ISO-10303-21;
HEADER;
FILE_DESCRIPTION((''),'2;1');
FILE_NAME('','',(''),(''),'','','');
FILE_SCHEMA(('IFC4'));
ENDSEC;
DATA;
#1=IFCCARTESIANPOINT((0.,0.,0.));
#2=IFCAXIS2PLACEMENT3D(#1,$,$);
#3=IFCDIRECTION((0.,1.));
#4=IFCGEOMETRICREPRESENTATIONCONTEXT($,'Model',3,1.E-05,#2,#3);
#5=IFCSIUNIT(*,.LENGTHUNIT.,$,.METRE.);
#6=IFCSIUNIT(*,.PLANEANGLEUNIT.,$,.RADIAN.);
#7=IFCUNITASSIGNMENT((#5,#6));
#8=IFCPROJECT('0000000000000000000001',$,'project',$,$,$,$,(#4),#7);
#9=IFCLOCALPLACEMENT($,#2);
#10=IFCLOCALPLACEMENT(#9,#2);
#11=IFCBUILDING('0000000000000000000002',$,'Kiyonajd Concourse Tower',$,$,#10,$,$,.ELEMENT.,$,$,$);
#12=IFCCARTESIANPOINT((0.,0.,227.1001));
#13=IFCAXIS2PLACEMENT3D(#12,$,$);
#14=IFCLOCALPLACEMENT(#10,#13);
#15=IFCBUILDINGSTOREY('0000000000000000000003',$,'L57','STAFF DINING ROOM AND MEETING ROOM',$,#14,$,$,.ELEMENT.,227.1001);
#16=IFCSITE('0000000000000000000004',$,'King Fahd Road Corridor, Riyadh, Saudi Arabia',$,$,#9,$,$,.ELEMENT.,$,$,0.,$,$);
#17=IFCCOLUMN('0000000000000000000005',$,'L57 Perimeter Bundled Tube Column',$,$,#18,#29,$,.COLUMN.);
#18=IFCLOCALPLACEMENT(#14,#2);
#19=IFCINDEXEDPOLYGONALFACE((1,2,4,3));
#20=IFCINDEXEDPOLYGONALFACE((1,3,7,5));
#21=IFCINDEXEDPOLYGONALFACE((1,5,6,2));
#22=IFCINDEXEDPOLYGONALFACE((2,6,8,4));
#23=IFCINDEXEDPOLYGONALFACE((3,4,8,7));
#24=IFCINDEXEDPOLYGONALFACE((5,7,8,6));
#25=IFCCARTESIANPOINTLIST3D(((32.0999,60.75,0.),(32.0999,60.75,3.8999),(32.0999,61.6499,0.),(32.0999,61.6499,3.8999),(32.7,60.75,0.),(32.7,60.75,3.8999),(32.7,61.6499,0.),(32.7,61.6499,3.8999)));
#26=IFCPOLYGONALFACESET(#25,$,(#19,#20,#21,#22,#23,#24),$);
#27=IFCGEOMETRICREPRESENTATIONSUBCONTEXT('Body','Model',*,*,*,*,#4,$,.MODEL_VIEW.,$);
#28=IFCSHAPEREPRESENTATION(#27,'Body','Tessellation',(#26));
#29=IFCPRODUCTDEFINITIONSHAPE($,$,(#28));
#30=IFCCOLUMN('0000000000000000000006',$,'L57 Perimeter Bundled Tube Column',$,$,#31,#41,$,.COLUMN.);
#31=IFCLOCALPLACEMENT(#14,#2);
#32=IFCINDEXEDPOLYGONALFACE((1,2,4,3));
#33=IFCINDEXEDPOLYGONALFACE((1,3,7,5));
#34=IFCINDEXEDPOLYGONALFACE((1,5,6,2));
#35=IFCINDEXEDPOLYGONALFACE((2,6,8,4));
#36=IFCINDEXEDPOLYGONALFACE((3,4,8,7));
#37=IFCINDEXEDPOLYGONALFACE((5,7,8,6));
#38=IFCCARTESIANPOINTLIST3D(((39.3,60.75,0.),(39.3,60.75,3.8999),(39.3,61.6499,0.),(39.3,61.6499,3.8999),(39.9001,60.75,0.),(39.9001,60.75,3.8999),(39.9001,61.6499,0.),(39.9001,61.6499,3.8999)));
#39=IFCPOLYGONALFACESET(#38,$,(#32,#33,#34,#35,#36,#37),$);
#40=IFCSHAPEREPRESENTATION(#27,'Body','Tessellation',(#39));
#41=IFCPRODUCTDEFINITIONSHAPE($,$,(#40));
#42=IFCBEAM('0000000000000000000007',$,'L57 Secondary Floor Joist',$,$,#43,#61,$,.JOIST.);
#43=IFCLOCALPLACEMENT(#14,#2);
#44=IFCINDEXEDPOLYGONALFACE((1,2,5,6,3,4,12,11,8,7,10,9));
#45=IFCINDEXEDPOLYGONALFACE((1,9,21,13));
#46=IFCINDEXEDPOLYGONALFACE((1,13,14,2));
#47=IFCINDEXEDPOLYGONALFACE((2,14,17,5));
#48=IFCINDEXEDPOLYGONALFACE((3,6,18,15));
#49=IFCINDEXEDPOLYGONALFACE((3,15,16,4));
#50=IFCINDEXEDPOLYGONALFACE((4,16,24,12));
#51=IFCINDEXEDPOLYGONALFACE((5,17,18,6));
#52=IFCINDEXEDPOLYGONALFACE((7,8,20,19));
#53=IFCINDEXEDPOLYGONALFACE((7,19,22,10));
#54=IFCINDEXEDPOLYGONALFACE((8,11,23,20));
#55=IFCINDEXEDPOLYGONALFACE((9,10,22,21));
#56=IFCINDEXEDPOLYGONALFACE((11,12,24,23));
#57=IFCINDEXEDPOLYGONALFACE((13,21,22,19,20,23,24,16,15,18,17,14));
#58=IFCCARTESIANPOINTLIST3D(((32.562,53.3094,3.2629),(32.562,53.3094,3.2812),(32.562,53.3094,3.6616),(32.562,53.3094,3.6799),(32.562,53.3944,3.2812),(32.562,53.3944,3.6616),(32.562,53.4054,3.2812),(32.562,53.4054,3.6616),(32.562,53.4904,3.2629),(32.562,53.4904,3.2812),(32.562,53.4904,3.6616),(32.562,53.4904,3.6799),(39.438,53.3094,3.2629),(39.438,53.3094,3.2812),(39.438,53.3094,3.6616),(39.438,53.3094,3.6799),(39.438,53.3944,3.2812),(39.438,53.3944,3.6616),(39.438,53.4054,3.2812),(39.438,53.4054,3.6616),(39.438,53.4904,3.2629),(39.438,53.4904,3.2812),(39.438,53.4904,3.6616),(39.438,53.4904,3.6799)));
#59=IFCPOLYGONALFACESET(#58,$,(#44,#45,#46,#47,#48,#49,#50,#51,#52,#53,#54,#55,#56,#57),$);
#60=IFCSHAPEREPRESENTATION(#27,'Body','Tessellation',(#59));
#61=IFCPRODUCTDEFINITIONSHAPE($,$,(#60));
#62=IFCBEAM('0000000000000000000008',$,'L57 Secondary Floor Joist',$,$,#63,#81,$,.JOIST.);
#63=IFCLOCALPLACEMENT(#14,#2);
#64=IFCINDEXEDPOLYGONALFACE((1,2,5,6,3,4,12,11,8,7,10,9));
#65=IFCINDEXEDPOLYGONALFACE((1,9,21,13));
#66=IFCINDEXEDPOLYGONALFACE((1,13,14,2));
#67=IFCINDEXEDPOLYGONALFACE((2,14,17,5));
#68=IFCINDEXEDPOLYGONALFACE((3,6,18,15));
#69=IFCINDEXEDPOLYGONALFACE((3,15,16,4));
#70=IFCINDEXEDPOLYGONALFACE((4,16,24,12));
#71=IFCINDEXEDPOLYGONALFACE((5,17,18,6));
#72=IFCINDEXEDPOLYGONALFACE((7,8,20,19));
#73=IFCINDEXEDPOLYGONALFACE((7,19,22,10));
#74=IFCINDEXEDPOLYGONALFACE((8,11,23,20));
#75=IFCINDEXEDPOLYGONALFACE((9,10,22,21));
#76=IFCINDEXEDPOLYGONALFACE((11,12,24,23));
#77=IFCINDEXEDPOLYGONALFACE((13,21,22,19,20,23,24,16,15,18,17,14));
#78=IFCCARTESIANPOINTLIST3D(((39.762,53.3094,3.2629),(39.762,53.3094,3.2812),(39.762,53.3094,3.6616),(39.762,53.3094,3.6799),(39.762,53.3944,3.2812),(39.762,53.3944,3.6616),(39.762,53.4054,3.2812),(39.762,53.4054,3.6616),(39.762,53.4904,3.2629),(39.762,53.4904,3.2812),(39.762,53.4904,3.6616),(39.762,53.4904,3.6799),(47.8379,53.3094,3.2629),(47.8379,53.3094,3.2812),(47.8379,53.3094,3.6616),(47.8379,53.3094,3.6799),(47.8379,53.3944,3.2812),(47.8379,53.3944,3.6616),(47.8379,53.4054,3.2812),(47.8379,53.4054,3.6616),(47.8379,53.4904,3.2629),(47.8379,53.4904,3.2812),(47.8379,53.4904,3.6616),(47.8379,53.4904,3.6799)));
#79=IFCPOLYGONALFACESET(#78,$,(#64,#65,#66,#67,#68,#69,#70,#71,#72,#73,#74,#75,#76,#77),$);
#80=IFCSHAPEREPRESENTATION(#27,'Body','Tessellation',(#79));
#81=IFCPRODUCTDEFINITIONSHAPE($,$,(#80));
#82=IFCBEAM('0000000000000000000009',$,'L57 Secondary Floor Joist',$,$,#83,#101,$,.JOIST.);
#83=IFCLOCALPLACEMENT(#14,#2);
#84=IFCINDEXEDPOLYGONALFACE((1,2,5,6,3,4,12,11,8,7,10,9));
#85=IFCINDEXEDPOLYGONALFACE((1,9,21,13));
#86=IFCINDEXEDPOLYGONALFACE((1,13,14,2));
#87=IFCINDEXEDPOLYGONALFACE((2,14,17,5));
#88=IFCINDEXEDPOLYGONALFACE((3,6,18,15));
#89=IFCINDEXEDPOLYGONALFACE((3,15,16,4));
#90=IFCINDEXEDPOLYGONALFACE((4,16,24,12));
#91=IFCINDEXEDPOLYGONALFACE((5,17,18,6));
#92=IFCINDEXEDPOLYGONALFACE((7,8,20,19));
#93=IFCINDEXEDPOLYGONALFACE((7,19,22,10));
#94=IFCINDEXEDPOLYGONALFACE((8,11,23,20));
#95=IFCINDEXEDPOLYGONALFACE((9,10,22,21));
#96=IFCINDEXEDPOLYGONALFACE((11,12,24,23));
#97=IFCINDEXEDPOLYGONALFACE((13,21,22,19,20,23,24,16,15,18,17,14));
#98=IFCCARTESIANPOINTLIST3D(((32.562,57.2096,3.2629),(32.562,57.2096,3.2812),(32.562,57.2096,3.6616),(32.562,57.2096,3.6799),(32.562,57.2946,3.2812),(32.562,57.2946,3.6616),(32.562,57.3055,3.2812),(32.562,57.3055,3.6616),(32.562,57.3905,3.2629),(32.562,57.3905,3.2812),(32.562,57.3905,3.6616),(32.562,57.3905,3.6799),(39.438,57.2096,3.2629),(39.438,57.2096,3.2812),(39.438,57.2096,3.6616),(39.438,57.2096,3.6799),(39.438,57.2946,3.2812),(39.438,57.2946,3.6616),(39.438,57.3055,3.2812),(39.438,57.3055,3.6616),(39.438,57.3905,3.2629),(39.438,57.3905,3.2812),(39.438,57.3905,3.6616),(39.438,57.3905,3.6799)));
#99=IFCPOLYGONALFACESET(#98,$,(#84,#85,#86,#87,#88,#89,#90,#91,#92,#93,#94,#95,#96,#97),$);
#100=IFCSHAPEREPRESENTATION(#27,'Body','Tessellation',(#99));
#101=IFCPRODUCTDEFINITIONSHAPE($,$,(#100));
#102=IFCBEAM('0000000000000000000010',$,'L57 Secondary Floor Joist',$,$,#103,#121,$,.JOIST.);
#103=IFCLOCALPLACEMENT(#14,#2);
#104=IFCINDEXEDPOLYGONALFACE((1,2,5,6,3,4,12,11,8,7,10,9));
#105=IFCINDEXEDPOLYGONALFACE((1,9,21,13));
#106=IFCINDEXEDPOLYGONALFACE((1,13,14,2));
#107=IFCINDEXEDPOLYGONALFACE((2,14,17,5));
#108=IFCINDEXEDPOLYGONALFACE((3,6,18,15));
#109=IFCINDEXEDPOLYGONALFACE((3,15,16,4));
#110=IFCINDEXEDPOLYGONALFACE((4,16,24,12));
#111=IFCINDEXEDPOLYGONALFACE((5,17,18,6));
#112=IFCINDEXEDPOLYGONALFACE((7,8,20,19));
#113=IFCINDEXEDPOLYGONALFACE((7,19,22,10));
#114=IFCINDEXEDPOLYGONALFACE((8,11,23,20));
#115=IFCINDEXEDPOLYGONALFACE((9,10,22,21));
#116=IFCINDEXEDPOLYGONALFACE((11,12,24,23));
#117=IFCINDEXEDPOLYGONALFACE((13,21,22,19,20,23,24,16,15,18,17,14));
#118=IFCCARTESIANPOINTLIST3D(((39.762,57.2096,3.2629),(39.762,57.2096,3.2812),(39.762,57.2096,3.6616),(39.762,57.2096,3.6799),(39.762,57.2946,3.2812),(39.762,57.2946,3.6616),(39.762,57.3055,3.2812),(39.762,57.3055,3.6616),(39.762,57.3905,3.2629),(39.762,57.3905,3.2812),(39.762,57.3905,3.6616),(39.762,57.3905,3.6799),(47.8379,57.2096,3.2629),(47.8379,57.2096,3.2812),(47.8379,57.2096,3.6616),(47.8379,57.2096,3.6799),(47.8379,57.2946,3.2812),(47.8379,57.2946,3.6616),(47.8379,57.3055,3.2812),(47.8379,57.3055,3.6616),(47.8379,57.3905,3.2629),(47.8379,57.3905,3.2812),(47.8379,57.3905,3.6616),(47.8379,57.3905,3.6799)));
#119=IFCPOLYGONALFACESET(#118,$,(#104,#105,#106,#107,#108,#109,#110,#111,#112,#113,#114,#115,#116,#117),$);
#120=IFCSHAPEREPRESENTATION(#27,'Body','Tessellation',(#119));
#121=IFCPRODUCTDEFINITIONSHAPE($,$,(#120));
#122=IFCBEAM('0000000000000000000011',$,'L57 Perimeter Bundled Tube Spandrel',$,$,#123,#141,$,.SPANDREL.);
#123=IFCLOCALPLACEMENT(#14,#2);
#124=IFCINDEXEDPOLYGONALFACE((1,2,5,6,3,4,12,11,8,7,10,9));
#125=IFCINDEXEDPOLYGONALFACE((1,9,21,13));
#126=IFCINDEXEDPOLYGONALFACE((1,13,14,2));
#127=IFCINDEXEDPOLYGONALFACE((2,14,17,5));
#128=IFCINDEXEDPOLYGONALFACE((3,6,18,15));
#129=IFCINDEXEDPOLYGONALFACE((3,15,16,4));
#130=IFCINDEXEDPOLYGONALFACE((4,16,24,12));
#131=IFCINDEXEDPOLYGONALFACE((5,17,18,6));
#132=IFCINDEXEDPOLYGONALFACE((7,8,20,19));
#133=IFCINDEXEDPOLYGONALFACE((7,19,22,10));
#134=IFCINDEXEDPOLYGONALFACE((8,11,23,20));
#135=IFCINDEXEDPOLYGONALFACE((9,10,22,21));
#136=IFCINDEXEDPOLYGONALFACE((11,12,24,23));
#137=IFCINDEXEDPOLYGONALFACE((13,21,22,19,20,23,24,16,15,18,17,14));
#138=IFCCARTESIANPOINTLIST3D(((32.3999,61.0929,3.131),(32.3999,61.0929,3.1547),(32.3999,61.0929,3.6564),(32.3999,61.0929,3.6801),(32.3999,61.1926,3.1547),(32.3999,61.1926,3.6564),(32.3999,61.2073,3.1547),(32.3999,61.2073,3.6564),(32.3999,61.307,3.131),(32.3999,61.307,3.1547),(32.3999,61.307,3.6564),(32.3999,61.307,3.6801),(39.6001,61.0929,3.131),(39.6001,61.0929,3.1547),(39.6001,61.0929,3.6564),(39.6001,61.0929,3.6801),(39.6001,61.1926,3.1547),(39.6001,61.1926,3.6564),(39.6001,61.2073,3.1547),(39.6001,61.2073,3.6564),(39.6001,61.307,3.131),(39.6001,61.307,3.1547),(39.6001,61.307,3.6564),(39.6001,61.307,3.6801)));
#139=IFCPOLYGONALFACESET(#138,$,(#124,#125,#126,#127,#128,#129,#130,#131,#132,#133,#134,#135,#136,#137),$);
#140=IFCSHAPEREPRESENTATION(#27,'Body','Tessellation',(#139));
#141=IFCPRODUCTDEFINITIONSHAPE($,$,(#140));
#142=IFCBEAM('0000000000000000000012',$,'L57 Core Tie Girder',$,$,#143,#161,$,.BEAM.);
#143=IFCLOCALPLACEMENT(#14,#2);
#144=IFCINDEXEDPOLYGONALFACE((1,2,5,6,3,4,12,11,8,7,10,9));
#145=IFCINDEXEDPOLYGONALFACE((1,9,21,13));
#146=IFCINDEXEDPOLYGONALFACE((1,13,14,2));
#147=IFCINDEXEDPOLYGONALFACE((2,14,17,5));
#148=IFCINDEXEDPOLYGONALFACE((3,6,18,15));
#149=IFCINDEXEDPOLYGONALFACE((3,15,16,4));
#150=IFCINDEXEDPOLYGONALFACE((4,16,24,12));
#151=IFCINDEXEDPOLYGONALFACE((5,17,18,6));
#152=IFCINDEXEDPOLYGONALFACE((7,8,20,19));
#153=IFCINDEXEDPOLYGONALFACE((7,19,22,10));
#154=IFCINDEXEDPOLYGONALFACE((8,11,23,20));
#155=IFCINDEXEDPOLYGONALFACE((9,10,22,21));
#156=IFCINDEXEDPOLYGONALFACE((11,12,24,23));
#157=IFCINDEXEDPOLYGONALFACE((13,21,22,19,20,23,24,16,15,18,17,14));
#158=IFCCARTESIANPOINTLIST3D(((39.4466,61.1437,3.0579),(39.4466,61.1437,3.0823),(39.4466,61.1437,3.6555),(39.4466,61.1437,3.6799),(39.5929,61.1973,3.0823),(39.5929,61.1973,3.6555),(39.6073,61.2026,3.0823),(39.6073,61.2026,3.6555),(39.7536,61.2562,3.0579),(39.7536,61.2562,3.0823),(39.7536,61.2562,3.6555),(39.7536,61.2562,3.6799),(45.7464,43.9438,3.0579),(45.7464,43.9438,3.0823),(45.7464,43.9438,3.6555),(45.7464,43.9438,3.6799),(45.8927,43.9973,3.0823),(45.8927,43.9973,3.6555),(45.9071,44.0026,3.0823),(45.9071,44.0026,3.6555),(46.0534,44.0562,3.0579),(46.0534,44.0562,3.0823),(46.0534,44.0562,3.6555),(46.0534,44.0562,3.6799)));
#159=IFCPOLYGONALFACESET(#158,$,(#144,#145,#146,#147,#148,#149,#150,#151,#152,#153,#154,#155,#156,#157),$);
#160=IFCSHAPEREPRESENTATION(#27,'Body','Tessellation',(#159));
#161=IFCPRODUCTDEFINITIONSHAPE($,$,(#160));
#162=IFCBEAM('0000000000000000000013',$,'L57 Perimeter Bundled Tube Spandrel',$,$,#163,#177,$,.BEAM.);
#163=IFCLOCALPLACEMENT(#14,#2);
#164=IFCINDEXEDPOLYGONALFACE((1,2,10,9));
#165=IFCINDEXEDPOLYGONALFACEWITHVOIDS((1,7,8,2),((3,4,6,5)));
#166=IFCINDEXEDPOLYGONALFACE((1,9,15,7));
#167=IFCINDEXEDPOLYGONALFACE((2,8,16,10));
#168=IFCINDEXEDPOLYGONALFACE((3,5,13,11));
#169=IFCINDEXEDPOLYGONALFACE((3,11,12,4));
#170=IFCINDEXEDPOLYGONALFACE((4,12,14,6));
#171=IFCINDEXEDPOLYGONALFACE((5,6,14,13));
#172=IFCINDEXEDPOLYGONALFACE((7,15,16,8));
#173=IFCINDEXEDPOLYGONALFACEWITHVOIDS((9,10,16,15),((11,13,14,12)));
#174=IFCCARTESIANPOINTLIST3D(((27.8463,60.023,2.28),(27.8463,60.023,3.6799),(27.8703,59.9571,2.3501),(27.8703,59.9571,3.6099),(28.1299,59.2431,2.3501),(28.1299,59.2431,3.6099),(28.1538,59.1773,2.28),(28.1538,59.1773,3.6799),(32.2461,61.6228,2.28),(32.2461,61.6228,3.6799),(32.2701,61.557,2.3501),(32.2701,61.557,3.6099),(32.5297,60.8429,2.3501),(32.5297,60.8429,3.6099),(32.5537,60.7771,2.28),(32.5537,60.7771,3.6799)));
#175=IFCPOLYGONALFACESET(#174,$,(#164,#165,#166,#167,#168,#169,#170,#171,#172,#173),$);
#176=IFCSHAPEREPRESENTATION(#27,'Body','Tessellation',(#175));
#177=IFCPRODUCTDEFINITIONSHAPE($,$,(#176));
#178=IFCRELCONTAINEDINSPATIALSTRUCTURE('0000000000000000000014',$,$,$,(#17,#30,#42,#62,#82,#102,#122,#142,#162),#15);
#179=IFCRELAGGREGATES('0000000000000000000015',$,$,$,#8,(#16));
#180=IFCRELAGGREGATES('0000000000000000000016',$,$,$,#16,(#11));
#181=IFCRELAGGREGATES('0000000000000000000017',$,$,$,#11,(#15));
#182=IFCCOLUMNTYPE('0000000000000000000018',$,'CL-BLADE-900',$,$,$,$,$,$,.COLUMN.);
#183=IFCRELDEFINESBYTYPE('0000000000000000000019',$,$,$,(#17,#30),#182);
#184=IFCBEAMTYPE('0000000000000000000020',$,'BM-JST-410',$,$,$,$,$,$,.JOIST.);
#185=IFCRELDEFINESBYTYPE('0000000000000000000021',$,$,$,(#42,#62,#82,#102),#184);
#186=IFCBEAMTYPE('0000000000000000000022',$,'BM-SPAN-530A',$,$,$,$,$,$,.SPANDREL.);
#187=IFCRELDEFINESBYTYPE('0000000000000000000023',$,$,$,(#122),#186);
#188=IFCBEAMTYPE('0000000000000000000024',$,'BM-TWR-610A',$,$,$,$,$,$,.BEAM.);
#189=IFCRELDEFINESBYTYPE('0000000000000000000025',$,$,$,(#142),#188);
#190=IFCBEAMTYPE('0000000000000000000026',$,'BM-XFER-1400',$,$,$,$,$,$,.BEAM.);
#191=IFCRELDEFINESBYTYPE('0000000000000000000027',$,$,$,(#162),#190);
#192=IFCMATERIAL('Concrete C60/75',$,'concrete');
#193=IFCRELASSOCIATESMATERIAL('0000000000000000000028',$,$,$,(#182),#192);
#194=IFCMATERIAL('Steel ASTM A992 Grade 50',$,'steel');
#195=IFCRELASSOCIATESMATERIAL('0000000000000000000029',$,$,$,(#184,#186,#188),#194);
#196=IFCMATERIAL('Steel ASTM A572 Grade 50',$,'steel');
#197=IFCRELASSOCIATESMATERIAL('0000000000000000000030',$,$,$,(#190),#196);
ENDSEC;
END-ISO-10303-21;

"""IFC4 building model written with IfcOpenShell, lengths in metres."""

from ifc_helpers import new_model, si_unit, direction, frame, origin, origin_2d, place, context, subcontext, project, spatial, rectangle, hollow_rectangle, i_section, extrude, material, material_profile, profile_set, type_object, element, save


model = new_model("IFC4")

# Units and contexts
model_context = context("Model", 3, precision=1e-05, world=origin(), true_north=direction((0.0, 1.0)))
body_context = subcontext(model_context, "Body", "Model", "MODEL_VIEW")
ifc_project = project(units=[si_unit("LENGTHUNIT", "METRE"), si_unit("PLANEANGLEUNIT", "RADIAN")], contexts=[model_context])

# Site, building, storey
site_placement = place(None, origin())
site = spatial("IfcSite", under=ifc_project, at=site_placement, Name="King Fahd Road Corridor, Riyadh, Saudi Arabia", CompositionType="ELEMENT", RefElevation=0.0)
building_placement = place(site_placement, origin())
building = spatial("IfcBuilding", under=site, at=building_placement, Name="Kiyonajd Concourse Tower", CompositionType="ELEMENT")
storey_placement = place(building_placement, frame((0.0, 0.0, 227.1001)))
storey = spatial("IfcBuildingStorey", under=building, at=storey_placement, Name="L57", Description="STAFF DINING ROOM AND MEETING ROOM", CompositionType="ELEMENT", Elevation=227.1001)

# Columns
ifc_material_1 = material(Name="Concrete C60/75", Category="concrete")
ifc_material_profile_1 = material_profile(ifc_material_1, rectangle(XDim=0.6001, YDim=0.8999, at=origin_2d()), Name="RC-900x600")
ifc_profile_set_1 = profile_set([ifc_material_profile_1], Name="Concrete C60/75")
column_type = type_object("IfcColumnType", Name="CL-BLADE-900", PredefinedType="COLUMN", material=ifc_profile_set_1)
for number, where, z_axis, x_axis, name in (
    (1, (32.3999, 61.2, 0.0), (0.0, 0.0, 1.0), (1.0, 0.0, 0.0), "L57 Perimeter Bundled Tube Column"),
    (2, (39.6001, 61.2, 0.0), (0.0, 0.0, 1.0), (1.0, 0.0, 0.0), "L57 Perimeter Bundled Tube Column"),
):
    element("IfcColumn", number, at=place(storey_placement, frame(where, z_axis=z_axis, x_axis=x_axis)), inside=storey, type_object=column_type, Name=name, PredefinedType="COLUMN", context=body_context, shape_type="SweptSolid", body=[
        extrude(rectangle(XDim=0.6001, YDim=0.8999, at=origin_2d()), origin(), (0.0, 0.0, 1.0), 3.8999),
    ])

# Beams
ifc_material_2 = material(Name="Steel ASTM A992 Grade 50", Category="steel")
ifc_material_profile_2 = material_profile(ifc_material_2, i_section(OverallWidth=0.1809, OverallDepth=0.417, WebThickness=0.011, FlangeThickness=0.0183, at=origin_2d()), Name="W410X85")
ifc_profile_set_2 = profile_set([ifc_material_profile_2], Name="Steel ASTM A992 Grade 50")
beam_type_1 = type_object("IfcBeamType", Name="BM-JST-410", PredefinedType="JOIST", material=ifc_profile_set_2)
beam_1_placement = place(storey_placement, frame((32.562, 53.3999, 3.4714), z_axis=(1.0, 0.0, 0.0), x_axis=(0.0, 1.0, 0.0)))
element("IfcBeam", 3, at=beam_1_placement, inside=storey, type_object=beam_type_1, Name="L57 Secondary Floor Joist", PredefinedType="JOIST", context=body_context, shape_type="SweptSolid", body=[
    extrude(i_section(OverallWidth=0.1809, OverallDepth=0.417, WebThickness=0.011, FlangeThickness=0.0183, at=origin_2d()), origin(), (0.0, 0.0, 1.0), 6.876),
])
beam_2_placement = place(storey_placement, frame((39.762, 53.3999, 3.4714), z_axis=(1.0, 0.0, 0.0), x_axis=(0.0, 1.0, 0.0)))
element("IfcBeam", 4, at=beam_2_placement, inside=storey, type_object=beam_type_1, Name="L57 Secondary Floor Joist", PredefinedType="JOIST", context=body_context, shape_type="SweptSolid", body=[
    extrude(i_section(OverallWidth=0.1809, OverallDepth=0.417, WebThickness=0.011, FlangeThickness=0.0183, at=origin_2d()), origin(), (0.0, 0.0, 1.0), 8.0759),
])
beam_3_placement = place(storey_placement, frame((32.562, 57.3, 3.4714), z_axis=(1.0, 0.0, 0.0), x_axis=(0.0, 1.0, 0.0)))
element("IfcBeam", 5, at=beam_3_placement, inside=storey, type_object=beam_type_1, Name="L57 Secondary Floor Joist", PredefinedType="JOIST", context=body_context, shape_type="SweptSolid", body=[
    extrude(i_section(OverallWidth=0.1809, OverallDepth=0.417, WebThickness=0.011, FlangeThickness=0.0183, at=origin_2d()), origin(), (0.0, 0.0, 1.0), 6.876),
])
beam_4_placement = place(storey_placement, frame((39.762, 57.3, 3.4714), z_axis=(1.0, 0.0, 0.0), x_axis=(0.0, 1.0, 0.0)))
element("IfcBeam", 6, at=beam_4_placement, inside=storey, type_object=beam_type_1, Name="L57 Secondary Floor Joist", PredefinedType="JOIST", context=body_context, shape_type="SweptSolid", body=[
    extrude(i_section(OverallWidth=0.1809, OverallDepth=0.417, WebThickness=0.011, FlangeThickness=0.0183, at=origin_2d()), origin(), (0.0, 0.0, 1.0), 8.0759),
])
ifc_material_profile_3 = material_profile(ifc_material_2, i_section(OverallWidth=0.2141, OverallDepth=0.5491, WebThickness=0.0146, FlangeThickness=0.0237, at=origin_2d()), Name="W530X138")
ifc_profile_set_3 = profile_set([ifc_material_profile_3], Name="Steel ASTM A992 Grade 50")
beam_type_2 = type_object("IfcBeamType", Name="BM-SPAN-530A", PredefinedType="SPANDREL", material=ifc_profile_set_3)
beam_5_placement = place(storey_placement, frame((39.6001, 61.2, 3.4055), z_axis=(-1.0, 0.0, 0.0), x_axis=(0.0, -1.0, 0.0)))
element("IfcBeam", 7, at=beam_5_placement, inside=storey, type_object=beam_type_2, Name="L57 Perimeter Bundled Tube Spandrel", PredefinedType="SPANDREL", context=body_context, shape_type="SweptSolid", body=[
    extrude(i_section(OverallWidth=0.2141, OverallDepth=0.5491, WebThickness=0.0146, FlangeThickness=0.0237, at=origin_2d()), origin(), (0.0, 0.0, 1.0), 7.2002),
])
ifc_material_profile_4 = material_profile(ifc_material_2, i_section(OverallWidth=0.3269, OverallDepth=0.6221, WebThickness=0.0154, FlangeThickness=0.0244, at=origin_2d()), Name="W610X195")
ifc_profile_set_4 = profile_set([ifc_material_profile_4], Name="Steel ASTM A992 Grade 50")
beam_type_3 = type_object("IfcBeamType", Name="BM-TWR-610A", PredefinedType="BEAM", material=ifc_profile_set_4)
beam_6_placement = place(storey_placement, frame((39.6001, 61.2, 3.3689), z_axis=(0.343925, -0.938997, 0.0), x_axis=(0.938997, 0.343925, 0.0)))
element("IfcBeam", 8, at=beam_6_placement, inside=storey, type_object=beam_type_3, Name="L57 Core Tie Girder", PredefinedType="BEAM", context=body_context, shape_type="SweptSolid", body=[
    extrude(i_section(OverallWidth=0.3269, OverallDepth=0.6221, WebThickness=0.0154, FlangeThickness=0.0244, at=origin_2d()), origin(), (0.0, 0.0, 1.0), 18.3174),
])
ifc_material_3 = material(Name="Steel ASTM A572 Grade 50", Category="steel")
ifc_material_profile_5 = material_profile(ifc_material_3, hollow_rectangle(XDim=0.8999, YDim=1.3999, WallThickness=0.0701, at=origin_2d()), Name="BOX-1400x900x70")
ifc_profile_set_5 = profile_set([ifc_material_profile_5], Name="Steel ASTM A572 Grade 50")
beam_type_4 = type_object("IfcBeamType", Name="BM-XFER-1400", PredefinedType="BEAM", material=ifc_profile_set_5)
beam_7_placement = place(storey_placement, frame((32.3999, 61.2, 2.98), z_axis=(-0.939801, -0.341722, 0.0), x_axis=(0.341722, -0.939801, 0.0)))
element("IfcBeam", 9, at=beam_7_placement, inside=storey, type_object=beam_type_4, Name="L57 Perimeter Bundled Tube Spandrel", PredefinedType="BEAM", context=body_context, shape_type="SweptSolid", body=[
    extrude(hollow_rectangle(XDim=0.8999, YDim=1.3999, WallThickness=0.0701, at=origin_2d()), origin(), (0.0, 0.0, 1.0), 4.6816),
])

save(model, "model.ifc")
